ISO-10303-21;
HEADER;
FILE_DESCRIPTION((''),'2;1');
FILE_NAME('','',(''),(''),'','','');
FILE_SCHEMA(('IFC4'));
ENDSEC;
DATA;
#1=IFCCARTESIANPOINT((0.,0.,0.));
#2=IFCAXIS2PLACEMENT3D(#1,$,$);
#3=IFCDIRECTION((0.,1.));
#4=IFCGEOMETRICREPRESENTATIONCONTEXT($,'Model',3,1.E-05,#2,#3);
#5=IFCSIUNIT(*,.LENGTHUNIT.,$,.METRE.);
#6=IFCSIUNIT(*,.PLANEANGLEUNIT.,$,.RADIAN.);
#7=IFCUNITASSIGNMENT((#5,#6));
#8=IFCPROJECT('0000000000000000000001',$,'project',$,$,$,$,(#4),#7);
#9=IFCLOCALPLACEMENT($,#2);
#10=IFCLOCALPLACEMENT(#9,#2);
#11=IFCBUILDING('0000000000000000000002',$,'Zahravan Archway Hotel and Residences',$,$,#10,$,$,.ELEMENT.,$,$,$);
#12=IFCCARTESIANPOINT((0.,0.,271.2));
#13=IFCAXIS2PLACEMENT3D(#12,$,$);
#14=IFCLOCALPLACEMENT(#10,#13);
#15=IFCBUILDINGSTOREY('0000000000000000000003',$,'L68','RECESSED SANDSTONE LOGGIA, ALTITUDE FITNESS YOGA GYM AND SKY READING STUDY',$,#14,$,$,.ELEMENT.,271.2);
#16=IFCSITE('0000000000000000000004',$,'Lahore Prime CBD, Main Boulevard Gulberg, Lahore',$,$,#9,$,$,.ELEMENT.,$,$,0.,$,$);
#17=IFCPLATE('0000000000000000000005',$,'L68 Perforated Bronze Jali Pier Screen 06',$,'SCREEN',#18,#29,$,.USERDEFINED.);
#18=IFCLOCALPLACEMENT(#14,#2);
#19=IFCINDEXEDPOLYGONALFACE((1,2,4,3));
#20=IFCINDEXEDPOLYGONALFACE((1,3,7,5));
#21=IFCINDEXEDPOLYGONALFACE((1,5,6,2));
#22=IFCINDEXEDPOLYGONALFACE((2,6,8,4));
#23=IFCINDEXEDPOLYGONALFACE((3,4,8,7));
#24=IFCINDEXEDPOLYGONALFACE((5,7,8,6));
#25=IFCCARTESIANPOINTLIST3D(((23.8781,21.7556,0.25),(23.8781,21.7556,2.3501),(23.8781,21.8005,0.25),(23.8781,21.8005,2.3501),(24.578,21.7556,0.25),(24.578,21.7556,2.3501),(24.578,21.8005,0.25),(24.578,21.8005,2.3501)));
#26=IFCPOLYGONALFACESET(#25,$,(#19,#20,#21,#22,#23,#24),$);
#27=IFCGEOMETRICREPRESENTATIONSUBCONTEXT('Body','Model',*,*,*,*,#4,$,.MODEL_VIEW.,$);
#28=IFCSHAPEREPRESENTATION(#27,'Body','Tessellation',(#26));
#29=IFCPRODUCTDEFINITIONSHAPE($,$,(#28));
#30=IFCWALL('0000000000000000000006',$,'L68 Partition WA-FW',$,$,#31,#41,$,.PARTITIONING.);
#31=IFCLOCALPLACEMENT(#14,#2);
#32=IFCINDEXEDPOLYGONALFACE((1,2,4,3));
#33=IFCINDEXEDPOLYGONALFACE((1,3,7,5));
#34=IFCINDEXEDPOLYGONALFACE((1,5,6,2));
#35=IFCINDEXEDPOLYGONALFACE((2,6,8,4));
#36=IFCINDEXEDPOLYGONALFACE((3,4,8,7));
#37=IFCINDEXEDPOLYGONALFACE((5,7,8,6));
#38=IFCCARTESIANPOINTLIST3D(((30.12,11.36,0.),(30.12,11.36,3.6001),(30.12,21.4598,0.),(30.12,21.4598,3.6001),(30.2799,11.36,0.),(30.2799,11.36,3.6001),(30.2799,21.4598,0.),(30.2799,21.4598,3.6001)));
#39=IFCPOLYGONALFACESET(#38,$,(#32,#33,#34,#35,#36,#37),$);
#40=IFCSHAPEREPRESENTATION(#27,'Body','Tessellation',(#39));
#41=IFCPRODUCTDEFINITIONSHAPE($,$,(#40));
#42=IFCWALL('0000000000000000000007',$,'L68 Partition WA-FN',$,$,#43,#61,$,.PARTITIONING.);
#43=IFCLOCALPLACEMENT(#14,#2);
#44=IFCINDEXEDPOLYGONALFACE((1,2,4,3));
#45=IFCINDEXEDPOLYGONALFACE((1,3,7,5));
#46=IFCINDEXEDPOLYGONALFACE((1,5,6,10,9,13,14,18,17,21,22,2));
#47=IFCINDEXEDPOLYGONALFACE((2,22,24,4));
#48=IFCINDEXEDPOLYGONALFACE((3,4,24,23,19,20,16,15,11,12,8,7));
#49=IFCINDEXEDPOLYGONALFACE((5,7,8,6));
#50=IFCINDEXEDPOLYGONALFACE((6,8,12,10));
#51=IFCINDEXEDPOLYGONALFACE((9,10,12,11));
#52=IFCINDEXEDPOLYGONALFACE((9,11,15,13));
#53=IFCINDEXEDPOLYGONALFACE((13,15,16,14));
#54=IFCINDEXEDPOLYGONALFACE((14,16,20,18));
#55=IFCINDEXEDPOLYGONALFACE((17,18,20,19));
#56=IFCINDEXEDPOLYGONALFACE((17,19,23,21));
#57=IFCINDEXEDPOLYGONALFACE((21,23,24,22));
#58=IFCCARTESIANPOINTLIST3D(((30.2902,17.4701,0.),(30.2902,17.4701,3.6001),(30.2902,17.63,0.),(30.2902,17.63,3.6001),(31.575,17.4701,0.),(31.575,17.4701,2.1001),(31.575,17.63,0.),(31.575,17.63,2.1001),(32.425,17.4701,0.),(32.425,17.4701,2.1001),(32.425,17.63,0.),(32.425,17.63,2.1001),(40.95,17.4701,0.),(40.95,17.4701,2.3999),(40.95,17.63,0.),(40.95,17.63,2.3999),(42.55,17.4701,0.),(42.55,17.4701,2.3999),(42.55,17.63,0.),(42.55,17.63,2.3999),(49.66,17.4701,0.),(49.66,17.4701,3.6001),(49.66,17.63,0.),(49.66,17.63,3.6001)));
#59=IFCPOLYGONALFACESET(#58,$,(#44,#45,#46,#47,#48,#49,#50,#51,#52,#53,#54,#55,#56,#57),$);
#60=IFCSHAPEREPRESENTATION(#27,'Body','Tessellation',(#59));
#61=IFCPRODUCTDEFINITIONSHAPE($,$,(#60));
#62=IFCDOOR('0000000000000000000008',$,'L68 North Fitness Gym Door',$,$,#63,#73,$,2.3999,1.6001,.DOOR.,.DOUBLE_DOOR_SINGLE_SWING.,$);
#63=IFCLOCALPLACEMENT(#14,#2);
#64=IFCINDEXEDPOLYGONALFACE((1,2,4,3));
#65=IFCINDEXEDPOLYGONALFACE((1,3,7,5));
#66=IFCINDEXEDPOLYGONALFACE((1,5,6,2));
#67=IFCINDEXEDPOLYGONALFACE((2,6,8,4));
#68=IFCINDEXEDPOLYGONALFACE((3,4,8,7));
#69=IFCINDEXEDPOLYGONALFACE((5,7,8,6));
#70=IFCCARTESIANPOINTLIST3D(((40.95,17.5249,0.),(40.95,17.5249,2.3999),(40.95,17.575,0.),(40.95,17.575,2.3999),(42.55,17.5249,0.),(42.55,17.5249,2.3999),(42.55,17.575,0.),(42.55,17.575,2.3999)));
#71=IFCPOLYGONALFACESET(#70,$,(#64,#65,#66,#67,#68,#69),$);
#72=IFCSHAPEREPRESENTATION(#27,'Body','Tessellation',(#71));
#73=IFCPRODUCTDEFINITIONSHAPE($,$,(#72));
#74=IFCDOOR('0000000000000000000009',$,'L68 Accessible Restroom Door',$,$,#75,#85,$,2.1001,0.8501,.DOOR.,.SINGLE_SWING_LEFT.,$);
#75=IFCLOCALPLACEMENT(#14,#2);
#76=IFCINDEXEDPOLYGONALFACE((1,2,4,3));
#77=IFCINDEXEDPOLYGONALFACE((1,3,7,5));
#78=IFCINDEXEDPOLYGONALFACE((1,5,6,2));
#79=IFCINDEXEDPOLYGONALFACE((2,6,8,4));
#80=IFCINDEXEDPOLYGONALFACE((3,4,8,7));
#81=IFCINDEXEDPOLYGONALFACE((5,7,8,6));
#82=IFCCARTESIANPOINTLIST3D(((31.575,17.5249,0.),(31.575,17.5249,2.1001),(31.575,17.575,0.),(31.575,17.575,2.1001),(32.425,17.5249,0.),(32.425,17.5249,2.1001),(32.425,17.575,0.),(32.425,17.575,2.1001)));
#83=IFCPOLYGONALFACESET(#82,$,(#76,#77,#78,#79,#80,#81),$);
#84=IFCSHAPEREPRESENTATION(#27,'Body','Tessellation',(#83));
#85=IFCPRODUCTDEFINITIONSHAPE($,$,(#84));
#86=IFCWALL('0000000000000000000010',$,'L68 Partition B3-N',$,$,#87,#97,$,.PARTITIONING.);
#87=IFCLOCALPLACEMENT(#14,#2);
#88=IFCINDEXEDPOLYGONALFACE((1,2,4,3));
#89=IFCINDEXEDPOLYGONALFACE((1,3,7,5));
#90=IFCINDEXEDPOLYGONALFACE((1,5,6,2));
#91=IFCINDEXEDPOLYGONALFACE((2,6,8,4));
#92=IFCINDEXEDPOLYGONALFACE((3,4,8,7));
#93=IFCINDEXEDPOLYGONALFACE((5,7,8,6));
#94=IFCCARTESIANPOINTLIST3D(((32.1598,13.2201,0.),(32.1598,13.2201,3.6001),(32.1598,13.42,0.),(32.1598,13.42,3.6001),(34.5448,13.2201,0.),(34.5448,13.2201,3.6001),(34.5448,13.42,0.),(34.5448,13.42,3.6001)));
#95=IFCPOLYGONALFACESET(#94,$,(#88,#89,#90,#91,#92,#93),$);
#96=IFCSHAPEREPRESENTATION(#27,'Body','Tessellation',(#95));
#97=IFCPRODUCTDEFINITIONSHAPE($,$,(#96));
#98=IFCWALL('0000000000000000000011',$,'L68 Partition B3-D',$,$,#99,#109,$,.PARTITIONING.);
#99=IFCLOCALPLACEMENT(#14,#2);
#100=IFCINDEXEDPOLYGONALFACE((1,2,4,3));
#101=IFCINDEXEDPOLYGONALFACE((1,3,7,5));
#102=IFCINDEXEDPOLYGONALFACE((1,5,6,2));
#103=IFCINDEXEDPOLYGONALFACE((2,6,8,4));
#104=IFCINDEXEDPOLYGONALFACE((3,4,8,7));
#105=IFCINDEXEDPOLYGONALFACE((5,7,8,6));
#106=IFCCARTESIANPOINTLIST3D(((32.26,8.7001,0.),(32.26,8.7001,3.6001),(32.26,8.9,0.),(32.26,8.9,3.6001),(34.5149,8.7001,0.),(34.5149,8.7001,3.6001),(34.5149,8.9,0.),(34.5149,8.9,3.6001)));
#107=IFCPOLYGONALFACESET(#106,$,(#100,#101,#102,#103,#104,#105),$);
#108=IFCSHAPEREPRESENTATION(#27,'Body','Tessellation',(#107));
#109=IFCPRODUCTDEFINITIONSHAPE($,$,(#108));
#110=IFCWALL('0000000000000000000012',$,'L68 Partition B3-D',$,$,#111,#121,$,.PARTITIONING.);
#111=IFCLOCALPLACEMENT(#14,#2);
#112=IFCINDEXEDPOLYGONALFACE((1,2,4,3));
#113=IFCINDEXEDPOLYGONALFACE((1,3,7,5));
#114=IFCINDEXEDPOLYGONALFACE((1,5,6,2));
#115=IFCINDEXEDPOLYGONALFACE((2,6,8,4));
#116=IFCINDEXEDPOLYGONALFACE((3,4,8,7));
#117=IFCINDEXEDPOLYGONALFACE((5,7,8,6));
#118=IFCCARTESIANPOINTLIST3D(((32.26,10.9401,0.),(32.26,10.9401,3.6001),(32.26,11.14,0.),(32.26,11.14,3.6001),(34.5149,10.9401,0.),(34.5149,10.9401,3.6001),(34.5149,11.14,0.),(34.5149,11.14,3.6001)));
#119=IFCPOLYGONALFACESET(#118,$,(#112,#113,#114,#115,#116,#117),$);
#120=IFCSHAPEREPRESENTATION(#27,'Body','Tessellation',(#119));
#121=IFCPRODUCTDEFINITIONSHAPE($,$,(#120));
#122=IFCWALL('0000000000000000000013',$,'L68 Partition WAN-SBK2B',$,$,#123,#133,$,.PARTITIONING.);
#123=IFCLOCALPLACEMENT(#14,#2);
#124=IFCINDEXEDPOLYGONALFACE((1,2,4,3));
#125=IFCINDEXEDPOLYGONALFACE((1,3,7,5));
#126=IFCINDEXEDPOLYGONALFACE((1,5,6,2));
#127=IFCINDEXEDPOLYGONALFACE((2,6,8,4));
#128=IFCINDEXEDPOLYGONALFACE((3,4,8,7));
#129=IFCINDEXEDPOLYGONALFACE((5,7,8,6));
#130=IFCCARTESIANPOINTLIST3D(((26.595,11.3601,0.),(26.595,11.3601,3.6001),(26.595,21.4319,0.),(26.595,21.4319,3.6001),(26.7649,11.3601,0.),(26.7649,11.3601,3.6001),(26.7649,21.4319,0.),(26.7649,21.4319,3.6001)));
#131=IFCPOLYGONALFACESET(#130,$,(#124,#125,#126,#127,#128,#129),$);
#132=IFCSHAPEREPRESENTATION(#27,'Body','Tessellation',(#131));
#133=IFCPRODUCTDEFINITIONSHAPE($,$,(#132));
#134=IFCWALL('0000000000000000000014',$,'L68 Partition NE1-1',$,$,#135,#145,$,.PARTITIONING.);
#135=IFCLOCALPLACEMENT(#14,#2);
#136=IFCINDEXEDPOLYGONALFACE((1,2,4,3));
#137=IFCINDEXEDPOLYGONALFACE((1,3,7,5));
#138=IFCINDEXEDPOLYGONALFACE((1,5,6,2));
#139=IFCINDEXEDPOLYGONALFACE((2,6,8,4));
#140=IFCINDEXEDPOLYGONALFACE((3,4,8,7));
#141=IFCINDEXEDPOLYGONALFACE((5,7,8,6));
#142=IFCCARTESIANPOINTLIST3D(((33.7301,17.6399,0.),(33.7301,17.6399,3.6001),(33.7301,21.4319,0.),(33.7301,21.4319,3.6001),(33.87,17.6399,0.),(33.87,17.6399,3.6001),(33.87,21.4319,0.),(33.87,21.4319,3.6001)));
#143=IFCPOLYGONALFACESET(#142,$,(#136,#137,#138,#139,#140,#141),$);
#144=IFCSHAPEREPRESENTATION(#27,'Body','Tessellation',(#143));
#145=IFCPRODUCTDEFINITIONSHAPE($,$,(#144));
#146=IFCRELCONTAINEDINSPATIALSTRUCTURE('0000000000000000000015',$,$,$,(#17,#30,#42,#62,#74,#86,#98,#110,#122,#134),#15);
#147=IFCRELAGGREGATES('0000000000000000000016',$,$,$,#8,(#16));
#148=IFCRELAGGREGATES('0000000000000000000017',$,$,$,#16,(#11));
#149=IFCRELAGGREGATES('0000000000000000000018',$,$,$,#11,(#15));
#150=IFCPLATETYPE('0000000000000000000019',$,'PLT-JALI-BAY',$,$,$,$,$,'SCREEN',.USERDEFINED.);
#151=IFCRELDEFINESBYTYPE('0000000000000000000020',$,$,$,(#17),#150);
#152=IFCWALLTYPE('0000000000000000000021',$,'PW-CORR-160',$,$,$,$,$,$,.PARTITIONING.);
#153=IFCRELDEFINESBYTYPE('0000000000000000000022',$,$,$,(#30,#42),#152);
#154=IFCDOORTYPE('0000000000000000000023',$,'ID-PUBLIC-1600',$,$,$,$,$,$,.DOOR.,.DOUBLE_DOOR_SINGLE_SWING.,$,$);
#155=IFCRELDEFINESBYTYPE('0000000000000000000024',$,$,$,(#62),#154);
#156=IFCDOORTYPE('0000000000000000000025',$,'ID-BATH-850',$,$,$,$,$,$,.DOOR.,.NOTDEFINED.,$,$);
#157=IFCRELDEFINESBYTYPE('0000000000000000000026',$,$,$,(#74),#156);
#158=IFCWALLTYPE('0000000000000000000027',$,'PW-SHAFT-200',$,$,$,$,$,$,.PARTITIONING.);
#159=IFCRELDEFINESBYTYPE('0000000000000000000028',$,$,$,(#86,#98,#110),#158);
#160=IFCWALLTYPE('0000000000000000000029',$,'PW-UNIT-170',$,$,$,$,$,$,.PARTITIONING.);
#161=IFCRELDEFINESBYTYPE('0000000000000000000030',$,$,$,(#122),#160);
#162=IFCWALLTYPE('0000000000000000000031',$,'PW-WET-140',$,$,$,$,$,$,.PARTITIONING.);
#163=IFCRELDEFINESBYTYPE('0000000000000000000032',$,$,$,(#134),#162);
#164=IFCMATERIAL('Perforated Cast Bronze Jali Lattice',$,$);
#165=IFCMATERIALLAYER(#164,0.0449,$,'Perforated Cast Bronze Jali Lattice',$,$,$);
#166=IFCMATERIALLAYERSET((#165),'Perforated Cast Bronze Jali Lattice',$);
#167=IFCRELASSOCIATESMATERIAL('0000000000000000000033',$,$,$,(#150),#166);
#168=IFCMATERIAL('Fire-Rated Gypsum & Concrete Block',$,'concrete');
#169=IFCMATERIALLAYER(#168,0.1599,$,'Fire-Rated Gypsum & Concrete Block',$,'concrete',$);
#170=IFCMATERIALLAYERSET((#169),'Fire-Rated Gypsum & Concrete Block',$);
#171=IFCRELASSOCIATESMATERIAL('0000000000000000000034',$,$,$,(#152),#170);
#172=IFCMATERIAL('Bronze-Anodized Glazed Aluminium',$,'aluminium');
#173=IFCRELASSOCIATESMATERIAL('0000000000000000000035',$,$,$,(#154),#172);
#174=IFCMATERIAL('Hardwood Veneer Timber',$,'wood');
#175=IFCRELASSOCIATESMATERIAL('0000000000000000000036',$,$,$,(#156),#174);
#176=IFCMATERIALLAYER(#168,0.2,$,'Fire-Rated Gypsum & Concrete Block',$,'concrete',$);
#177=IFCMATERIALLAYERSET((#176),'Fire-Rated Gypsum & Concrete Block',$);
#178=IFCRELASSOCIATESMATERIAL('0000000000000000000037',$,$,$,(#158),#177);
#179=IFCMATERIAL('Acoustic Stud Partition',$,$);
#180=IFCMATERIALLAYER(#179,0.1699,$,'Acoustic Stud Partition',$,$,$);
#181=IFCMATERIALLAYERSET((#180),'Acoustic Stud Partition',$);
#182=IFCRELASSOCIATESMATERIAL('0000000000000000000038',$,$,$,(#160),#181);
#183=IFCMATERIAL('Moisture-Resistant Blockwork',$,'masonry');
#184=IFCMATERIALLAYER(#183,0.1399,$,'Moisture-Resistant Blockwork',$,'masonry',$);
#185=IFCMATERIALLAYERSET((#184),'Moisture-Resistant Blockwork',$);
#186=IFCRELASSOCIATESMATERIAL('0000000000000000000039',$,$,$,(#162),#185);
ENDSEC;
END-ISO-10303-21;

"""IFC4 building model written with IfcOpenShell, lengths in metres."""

from ifc_helpers import new_model, si_unit, direction, frame, frame_2d, origin, origin_2d, place, context, subcontext, project, spatial, rectangle, extrude, source, transform, mapped, material, layer, layer_set, type_object, type_shapes, element, fill, save


model = new_model("IFC4")

# Units and contexts
model_context = context("Model", 3, precision=1e-05, world=origin(), true_north=direction((0.0, 1.0)))
body_context = subcontext(model_context, "Body", "Model", "MODEL_VIEW")
ifc_project = project(units=[si_unit("LENGTHUNIT", "METRE"), si_unit("PLANEANGLEUNIT", "RADIAN")], contexts=[model_context])

# Site, building, storey
site_placement = place(None, origin())
site = spatial("IfcSite", under=ifc_project, at=site_placement, Name="Lahore Prime CBD, Main Boulevard Gulberg, Lahore", CompositionType="ELEMENT", RefElevation=0.0)
building_placement = place(site_placement, origin())
building = spatial("IfcBuilding", under=site, at=building_placement, Name="Zahravan Archway Hotel and Residences", CompositionType="ELEMENT")
storey_placement = place(building_placement, frame((0.0, 0.0, 271.2)))
storey = spatial("IfcBuildingStorey", under=building, at=storey_placement, Name="L68", Description="RECESSED SANDSTONE LOGGIA, ALTITUDE FITNESS YOGA GYM AND SKY READING STUDY", CompositionType="ELEMENT", Elevation=271.2)

# Plate
ifc_material_1 = material(Name="Perforated Cast Bronze Jali Lattice")
ifc_layer_1 = layer(ifc_material_1, 0.0449, Name="Perforated Cast Bronze Jali Lattice")
ifc_layer_set_1 = layer_set([ifc_layer_1], Name="Perforated Cast Bronze Jali Lattice")
plate_type = type_object("IfcPlateType", Name="PLT-JALI-BAY", ElementType="SCREEN", PredefinedType="USERDEFINED", material=ifc_layer_set_1)
shared_shape_1 = source(origin(), body_context, "Body", "SweptSolid", [
    extrude(rectangle(XDim=0.7, YDim=0.0449, at=origin_2d()), origin(), (0.0, 0.0, 1.0), 2.1001),
])
type_shapes(plate_type, [shared_shape_1])
plate_placement = place(storey_placement, frame((24.228, 21.7781, 0.25), z_axis=(0.0, 0.0, 1.0), x_axis=(1.0, 0.0, 0.0)))
element("IfcPlate", 1, at=plate_placement, inside=storey, type_object=plate_type, Name="L68 Perforated Bronze Jali Pier Screen 06", ObjectType="SCREEN", PredefinedType="USERDEFINED", context=body_context, shape_type="MappedRepresentation", body=[
    mapped(shared_shape_1, transform((0.0, 0.0, 0.0), scale=1.0)),
])

# Wall
ifc_material_2 = material(Name="Fire-Rated Gypsum & Concrete Block", Category="concrete")
ifc_layer_2 = layer(ifc_material_2, 0.1599, Name="Fire-Rated Gypsum & Concrete Block", Category="concrete")
ifc_layer_set_2 = layer_set([ifc_layer_2], Name="Fire-Rated Gypsum & Concrete Block")
wall_type_1 = type_object("IfcWallType", Name="PW-CORR-160", PredefinedType="PARTITIONING", material=ifc_layer_set_2)
wall_1_placement = place(storey_placement, frame((30.2, 11.3601, 0.0), z_axis=(0.0, 0.0, 1.0), x_axis=(0.0, 1.0, 0.0)))
element("IfcWall", 2, at=wall_1_placement, inside=storey, type_object=wall_type_1, Name="L68 Partition WA-FW", PredefinedType="PARTITIONING", context=body_context, shape_type="SweptSolid", body=[
    extrude(rectangle(XDim=10.0999, YDim=0.1599, at=frame_2d((5.0498, 0.0))), origin(), (0.0, 0.0, 1.0), 3.6001),
])

# Wall, openings, doors
wall_2_placement = place(storey_placement, frame((30.29, 17.55, 0.0), z_axis=(0.0, 0.0, 1.0), x_axis=(1.0, 0.0, 0.0)))
wall_2 = element("IfcWall", 3, at=wall_2_placement, inside=storey, type_object=wall_type_1, Name="L68 Partition WA-FN", PredefinedType="PARTITIONING", context=body_context, shape_type="SweptSolid", body=[
    extrude(rectangle(XDim=19.3699, YDim=0.1599, at=frame_2d((9.6851, 0.0))), origin(), (0.0, 0.0, 1.0), 3.6001),
])
opening_1_placement = place(wall_2_placement, frame((1.2849, 0.0, 0.0)))
opening_1 = element("IfcOpeningElement", 4, at=opening_1_placement, cuts=wall_2, PredefinedType="OPENING", context=body_context, shape_type="SweptSolid", body=[
    extrude(rectangle(XDim=0.8501, YDim=2.1001, at=frame_2d((0.425, 1.05))), frame((0.0, 0.0898, 0.0), z_axis=(0.0, -1.0, 0.0), x_axis=(1.0, 0.0, 0.0)), (0.0, 0.0, 1.0), 0.1799),
])
opening_2_placement = place(wall_2_placement, frame((10.6599, 0.0, 0.0)))
opening_2 = element("IfcOpeningElement", 5, at=opening_2_placement, cuts=wall_2, PredefinedType="OPENING", context=body_context, shape_type="SweptSolid", body=[
    extrude(rectangle(XDim=1.6001, YDim=2.3999, at=frame_2d((0.8, 1.2))), frame((0.0, 0.0898, 0.0), z_axis=(0.0, -1.0, 0.0), x_axis=(1.0, 0.0, 0.0)), (0.0, 0.0, 1.0), 0.1799),
])
ifc_material_3 = material(Name="Bronze-Anodized Glazed Aluminium", Category="aluminium")
door_type_1 = type_object("IfcDoorType", Name="ID-PUBLIC-1600", OperationType="DOUBLE_DOOR_SINGLE_SWING", PredefinedType="DOOR", material=ifc_material_3)
shared_shape_2 = source(origin(), body_context, "Body", "SweptSolid", [
    extrude(rectangle(XDim=1.6001, YDim=2.3999, at=frame_2d((0.8, 1.2))), frame((0.0, 0.0249, 0.0), z_axis=(0.0, -1.0, 0.0), x_axis=(1.0, 0.0, 0.0)), (0.0, 0.0, 1.0), 0.05),
])
type_shapes(door_type_1, [shared_shape_2])
door_1_placement = place(opening_2_placement, origin())
door_1 = element("IfcDoor", 6, at=door_1_placement, inside=storey, type_object=door_type_1, Name="L68 North Fitness Gym Door", OperationType="DOUBLE_DOOR_SINGLE_SWING", OverallHeight=2.3999, OverallWidth=1.6001, PredefinedType="DOOR", context=body_context, shape_type="MappedRepresentation", body=[
    mapped(shared_shape_2, transform((0.0, 0.0, 0.0), scale=1.0)),
])
fill(opening_2, door_1)
ifc_material_4 = material(Name="Hardwood Veneer Timber", Category="wood")
door_type_2 = type_object("IfcDoorType", Name="ID-BATH-850", OperationType="NOTDEFINED", PredefinedType="DOOR", material=ifc_material_4)
shared_shape_3 = source(origin(), body_context, "Body", "SweptSolid", [
    extrude(rectangle(XDim=0.8501, YDim=2.1001, at=frame_2d((0.425, 1.05))), frame((0.0, 0.0249, 0.0), z_axis=(0.0, -1.0, 0.0), x_axis=(1.0, 0.0, 0.0)), (0.0, 0.0, 1.0), 0.05),
])
type_shapes(door_type_2, [shared_shape_3])
door_2_placement = place(opening_1_placement, origin())
door_2 = element("IfcDoor", 7, at=door_2_placement, inside=storey, type_object=door_type_2, Name="L68 Accessible Restroom Door", OperationType="SINGLE_SWING_LEFT", OverallHeight=2.1001, OverallWidth=0.8501, PredefinedType="DOOR", context=body_context, shape_type="MappedRepresentation", body=[
    mapped(shared_shape_3, transform((0.0, 0.0, 0.0), scale=1.0)),
])
fill(opening_1, door_2)

# Walls
ifc_layer_3 = layer(ifc_material_2, 0.2, Name="Fire-Rated Gypsum & Concrete Block", Category="concrete")
ifc_layer_set_3 = layer_set([ifc_layer_3], Name="Fire-Rated Gypsum & Concrete Block")
wall_type_2 = type_object("IfcWallType", Name="PW-SHAFT-200", PredefinedType="PARTITIONING", material=ifc_layer_set_3)
wall_3_placement = place(storey_placement, frame((32.1599, 13.3201, 0.0), z_axis=(0.0, 0.0, 1.0), x_axis=(1.0, 0.0, 0.0)))
element("IfcWall", 8, at=wall_3_placement, inside=storey, type_object=wall_type_2, Name="L68 Partition B3-N", PredefinedType="PARTITIONING", context=body_context, shape_type="SweptSolid", body=[
    extrude(rectangle(XDim=2.385, YDim=0.2, at=frame_2d((1.1924, 0.0))), origin(), (0.0, 0.0, 1.0), 3.6001),
])
for number, where, z_axis, x_axis, name in (
    (9, (32.26, 8.8, 0.0), (0.0, 0.0, 1.0), (1.0, 0.0, 0.0), "L68 Partition B3-D"),
    (10, (32.26, 11.04, 0.0), (0.0, 0.0, 1.0), (1.0, 0.0, 0.0), "L68 Partition B3-D"),
):
    element("IfcWall", number, at=place(storey_placement, frame(where, z_axis=z_axis, x_axis=x_axis)), inside=storey, type_object=wall_type_2, Name=name, PredefinedType="PARTITIONING", context=body_context, shape_type="SweptSolid", body=[
        extrude(rectangle(XDim=2.2549, YDim=0.2, at=frame_2d((1.1274, 0.0))), origin(), (0.0, 0.0, 1.0), 3.6001),
    ])
ifc_material_5 = material(Name="Acoustic Stud Partition")
ifc_layer_4 = layer(ifc_material_5, 0.1699, Name="Acoustic Stud Partition")
ifc_layer_set_4 = layer_set([ifc_layer_4], Name="Acoustic Stud Partition")
wall_type_3 = type_object("IfcWallType", Name="PW-UNIT-170", PredefinedType="PARTITIONING", material=ifc_layer_set_4)
wall_4_placement = place(storey_placement, frame((26.6799, 11.3601, 0.0), z_axis=(0.0, 0.0, 1.0), x_axis=(0.0, 1.0, 0.0)))
element("IfcWall", 11, at=wall_4_placement, inside=storey, type_object=wall_type_3, Name="L68 Partition WAN-SBK2B", PredefinedType="PARTITIONING", context=body_context, shape_type="SweptSolid", body=[
    extrude(rectangle(XDim=10.0718, YDim=0.1699, at=frame_2d((5.0359, 0.0))), origin(), (0.0, 0.0, 1.0), 3.6001),
])
ifc_material_6 = material(Name="Moisture-Resistant Blockwork", Category="masonry")
ifc_layer_5 = layer(ifc_material_6, 0.1399, Name="Moisture-Resistant Blockwork", Category="masonry")
ifc_layer_set_5 = layer_set([ifc_layer_5], Name="Moisture-Resistant Blockwork")
wall_type_4 = type_object("IfcWallType", Name="PW-WET-140", PredefinedType="PARTITIONING", material=ifc_layer_set_5)
wall_5_placement = place(storey_placement, frame((33.8, 17.6399, 0.0), z_axis=(0.0, 0.0, 1.0), x_axis=(0.0, 1.0, 0.0)))
element("IfcWall", 12, at=wall_5_placement, inside=storey, type_object=wall_type_4, Name="L68 Partition NE1-1", PredefinedType="PARTITIONING", context=body_context, shape_type="SweptSolid", body=[
    extrude(rectangle(XDim=3.792, YDim=0.1399, at=frame_2d((1.896, 0.0))), origin(), (0.0, 0.0, 1.0), 3.6001),
])

save(model, "model.ifc")
